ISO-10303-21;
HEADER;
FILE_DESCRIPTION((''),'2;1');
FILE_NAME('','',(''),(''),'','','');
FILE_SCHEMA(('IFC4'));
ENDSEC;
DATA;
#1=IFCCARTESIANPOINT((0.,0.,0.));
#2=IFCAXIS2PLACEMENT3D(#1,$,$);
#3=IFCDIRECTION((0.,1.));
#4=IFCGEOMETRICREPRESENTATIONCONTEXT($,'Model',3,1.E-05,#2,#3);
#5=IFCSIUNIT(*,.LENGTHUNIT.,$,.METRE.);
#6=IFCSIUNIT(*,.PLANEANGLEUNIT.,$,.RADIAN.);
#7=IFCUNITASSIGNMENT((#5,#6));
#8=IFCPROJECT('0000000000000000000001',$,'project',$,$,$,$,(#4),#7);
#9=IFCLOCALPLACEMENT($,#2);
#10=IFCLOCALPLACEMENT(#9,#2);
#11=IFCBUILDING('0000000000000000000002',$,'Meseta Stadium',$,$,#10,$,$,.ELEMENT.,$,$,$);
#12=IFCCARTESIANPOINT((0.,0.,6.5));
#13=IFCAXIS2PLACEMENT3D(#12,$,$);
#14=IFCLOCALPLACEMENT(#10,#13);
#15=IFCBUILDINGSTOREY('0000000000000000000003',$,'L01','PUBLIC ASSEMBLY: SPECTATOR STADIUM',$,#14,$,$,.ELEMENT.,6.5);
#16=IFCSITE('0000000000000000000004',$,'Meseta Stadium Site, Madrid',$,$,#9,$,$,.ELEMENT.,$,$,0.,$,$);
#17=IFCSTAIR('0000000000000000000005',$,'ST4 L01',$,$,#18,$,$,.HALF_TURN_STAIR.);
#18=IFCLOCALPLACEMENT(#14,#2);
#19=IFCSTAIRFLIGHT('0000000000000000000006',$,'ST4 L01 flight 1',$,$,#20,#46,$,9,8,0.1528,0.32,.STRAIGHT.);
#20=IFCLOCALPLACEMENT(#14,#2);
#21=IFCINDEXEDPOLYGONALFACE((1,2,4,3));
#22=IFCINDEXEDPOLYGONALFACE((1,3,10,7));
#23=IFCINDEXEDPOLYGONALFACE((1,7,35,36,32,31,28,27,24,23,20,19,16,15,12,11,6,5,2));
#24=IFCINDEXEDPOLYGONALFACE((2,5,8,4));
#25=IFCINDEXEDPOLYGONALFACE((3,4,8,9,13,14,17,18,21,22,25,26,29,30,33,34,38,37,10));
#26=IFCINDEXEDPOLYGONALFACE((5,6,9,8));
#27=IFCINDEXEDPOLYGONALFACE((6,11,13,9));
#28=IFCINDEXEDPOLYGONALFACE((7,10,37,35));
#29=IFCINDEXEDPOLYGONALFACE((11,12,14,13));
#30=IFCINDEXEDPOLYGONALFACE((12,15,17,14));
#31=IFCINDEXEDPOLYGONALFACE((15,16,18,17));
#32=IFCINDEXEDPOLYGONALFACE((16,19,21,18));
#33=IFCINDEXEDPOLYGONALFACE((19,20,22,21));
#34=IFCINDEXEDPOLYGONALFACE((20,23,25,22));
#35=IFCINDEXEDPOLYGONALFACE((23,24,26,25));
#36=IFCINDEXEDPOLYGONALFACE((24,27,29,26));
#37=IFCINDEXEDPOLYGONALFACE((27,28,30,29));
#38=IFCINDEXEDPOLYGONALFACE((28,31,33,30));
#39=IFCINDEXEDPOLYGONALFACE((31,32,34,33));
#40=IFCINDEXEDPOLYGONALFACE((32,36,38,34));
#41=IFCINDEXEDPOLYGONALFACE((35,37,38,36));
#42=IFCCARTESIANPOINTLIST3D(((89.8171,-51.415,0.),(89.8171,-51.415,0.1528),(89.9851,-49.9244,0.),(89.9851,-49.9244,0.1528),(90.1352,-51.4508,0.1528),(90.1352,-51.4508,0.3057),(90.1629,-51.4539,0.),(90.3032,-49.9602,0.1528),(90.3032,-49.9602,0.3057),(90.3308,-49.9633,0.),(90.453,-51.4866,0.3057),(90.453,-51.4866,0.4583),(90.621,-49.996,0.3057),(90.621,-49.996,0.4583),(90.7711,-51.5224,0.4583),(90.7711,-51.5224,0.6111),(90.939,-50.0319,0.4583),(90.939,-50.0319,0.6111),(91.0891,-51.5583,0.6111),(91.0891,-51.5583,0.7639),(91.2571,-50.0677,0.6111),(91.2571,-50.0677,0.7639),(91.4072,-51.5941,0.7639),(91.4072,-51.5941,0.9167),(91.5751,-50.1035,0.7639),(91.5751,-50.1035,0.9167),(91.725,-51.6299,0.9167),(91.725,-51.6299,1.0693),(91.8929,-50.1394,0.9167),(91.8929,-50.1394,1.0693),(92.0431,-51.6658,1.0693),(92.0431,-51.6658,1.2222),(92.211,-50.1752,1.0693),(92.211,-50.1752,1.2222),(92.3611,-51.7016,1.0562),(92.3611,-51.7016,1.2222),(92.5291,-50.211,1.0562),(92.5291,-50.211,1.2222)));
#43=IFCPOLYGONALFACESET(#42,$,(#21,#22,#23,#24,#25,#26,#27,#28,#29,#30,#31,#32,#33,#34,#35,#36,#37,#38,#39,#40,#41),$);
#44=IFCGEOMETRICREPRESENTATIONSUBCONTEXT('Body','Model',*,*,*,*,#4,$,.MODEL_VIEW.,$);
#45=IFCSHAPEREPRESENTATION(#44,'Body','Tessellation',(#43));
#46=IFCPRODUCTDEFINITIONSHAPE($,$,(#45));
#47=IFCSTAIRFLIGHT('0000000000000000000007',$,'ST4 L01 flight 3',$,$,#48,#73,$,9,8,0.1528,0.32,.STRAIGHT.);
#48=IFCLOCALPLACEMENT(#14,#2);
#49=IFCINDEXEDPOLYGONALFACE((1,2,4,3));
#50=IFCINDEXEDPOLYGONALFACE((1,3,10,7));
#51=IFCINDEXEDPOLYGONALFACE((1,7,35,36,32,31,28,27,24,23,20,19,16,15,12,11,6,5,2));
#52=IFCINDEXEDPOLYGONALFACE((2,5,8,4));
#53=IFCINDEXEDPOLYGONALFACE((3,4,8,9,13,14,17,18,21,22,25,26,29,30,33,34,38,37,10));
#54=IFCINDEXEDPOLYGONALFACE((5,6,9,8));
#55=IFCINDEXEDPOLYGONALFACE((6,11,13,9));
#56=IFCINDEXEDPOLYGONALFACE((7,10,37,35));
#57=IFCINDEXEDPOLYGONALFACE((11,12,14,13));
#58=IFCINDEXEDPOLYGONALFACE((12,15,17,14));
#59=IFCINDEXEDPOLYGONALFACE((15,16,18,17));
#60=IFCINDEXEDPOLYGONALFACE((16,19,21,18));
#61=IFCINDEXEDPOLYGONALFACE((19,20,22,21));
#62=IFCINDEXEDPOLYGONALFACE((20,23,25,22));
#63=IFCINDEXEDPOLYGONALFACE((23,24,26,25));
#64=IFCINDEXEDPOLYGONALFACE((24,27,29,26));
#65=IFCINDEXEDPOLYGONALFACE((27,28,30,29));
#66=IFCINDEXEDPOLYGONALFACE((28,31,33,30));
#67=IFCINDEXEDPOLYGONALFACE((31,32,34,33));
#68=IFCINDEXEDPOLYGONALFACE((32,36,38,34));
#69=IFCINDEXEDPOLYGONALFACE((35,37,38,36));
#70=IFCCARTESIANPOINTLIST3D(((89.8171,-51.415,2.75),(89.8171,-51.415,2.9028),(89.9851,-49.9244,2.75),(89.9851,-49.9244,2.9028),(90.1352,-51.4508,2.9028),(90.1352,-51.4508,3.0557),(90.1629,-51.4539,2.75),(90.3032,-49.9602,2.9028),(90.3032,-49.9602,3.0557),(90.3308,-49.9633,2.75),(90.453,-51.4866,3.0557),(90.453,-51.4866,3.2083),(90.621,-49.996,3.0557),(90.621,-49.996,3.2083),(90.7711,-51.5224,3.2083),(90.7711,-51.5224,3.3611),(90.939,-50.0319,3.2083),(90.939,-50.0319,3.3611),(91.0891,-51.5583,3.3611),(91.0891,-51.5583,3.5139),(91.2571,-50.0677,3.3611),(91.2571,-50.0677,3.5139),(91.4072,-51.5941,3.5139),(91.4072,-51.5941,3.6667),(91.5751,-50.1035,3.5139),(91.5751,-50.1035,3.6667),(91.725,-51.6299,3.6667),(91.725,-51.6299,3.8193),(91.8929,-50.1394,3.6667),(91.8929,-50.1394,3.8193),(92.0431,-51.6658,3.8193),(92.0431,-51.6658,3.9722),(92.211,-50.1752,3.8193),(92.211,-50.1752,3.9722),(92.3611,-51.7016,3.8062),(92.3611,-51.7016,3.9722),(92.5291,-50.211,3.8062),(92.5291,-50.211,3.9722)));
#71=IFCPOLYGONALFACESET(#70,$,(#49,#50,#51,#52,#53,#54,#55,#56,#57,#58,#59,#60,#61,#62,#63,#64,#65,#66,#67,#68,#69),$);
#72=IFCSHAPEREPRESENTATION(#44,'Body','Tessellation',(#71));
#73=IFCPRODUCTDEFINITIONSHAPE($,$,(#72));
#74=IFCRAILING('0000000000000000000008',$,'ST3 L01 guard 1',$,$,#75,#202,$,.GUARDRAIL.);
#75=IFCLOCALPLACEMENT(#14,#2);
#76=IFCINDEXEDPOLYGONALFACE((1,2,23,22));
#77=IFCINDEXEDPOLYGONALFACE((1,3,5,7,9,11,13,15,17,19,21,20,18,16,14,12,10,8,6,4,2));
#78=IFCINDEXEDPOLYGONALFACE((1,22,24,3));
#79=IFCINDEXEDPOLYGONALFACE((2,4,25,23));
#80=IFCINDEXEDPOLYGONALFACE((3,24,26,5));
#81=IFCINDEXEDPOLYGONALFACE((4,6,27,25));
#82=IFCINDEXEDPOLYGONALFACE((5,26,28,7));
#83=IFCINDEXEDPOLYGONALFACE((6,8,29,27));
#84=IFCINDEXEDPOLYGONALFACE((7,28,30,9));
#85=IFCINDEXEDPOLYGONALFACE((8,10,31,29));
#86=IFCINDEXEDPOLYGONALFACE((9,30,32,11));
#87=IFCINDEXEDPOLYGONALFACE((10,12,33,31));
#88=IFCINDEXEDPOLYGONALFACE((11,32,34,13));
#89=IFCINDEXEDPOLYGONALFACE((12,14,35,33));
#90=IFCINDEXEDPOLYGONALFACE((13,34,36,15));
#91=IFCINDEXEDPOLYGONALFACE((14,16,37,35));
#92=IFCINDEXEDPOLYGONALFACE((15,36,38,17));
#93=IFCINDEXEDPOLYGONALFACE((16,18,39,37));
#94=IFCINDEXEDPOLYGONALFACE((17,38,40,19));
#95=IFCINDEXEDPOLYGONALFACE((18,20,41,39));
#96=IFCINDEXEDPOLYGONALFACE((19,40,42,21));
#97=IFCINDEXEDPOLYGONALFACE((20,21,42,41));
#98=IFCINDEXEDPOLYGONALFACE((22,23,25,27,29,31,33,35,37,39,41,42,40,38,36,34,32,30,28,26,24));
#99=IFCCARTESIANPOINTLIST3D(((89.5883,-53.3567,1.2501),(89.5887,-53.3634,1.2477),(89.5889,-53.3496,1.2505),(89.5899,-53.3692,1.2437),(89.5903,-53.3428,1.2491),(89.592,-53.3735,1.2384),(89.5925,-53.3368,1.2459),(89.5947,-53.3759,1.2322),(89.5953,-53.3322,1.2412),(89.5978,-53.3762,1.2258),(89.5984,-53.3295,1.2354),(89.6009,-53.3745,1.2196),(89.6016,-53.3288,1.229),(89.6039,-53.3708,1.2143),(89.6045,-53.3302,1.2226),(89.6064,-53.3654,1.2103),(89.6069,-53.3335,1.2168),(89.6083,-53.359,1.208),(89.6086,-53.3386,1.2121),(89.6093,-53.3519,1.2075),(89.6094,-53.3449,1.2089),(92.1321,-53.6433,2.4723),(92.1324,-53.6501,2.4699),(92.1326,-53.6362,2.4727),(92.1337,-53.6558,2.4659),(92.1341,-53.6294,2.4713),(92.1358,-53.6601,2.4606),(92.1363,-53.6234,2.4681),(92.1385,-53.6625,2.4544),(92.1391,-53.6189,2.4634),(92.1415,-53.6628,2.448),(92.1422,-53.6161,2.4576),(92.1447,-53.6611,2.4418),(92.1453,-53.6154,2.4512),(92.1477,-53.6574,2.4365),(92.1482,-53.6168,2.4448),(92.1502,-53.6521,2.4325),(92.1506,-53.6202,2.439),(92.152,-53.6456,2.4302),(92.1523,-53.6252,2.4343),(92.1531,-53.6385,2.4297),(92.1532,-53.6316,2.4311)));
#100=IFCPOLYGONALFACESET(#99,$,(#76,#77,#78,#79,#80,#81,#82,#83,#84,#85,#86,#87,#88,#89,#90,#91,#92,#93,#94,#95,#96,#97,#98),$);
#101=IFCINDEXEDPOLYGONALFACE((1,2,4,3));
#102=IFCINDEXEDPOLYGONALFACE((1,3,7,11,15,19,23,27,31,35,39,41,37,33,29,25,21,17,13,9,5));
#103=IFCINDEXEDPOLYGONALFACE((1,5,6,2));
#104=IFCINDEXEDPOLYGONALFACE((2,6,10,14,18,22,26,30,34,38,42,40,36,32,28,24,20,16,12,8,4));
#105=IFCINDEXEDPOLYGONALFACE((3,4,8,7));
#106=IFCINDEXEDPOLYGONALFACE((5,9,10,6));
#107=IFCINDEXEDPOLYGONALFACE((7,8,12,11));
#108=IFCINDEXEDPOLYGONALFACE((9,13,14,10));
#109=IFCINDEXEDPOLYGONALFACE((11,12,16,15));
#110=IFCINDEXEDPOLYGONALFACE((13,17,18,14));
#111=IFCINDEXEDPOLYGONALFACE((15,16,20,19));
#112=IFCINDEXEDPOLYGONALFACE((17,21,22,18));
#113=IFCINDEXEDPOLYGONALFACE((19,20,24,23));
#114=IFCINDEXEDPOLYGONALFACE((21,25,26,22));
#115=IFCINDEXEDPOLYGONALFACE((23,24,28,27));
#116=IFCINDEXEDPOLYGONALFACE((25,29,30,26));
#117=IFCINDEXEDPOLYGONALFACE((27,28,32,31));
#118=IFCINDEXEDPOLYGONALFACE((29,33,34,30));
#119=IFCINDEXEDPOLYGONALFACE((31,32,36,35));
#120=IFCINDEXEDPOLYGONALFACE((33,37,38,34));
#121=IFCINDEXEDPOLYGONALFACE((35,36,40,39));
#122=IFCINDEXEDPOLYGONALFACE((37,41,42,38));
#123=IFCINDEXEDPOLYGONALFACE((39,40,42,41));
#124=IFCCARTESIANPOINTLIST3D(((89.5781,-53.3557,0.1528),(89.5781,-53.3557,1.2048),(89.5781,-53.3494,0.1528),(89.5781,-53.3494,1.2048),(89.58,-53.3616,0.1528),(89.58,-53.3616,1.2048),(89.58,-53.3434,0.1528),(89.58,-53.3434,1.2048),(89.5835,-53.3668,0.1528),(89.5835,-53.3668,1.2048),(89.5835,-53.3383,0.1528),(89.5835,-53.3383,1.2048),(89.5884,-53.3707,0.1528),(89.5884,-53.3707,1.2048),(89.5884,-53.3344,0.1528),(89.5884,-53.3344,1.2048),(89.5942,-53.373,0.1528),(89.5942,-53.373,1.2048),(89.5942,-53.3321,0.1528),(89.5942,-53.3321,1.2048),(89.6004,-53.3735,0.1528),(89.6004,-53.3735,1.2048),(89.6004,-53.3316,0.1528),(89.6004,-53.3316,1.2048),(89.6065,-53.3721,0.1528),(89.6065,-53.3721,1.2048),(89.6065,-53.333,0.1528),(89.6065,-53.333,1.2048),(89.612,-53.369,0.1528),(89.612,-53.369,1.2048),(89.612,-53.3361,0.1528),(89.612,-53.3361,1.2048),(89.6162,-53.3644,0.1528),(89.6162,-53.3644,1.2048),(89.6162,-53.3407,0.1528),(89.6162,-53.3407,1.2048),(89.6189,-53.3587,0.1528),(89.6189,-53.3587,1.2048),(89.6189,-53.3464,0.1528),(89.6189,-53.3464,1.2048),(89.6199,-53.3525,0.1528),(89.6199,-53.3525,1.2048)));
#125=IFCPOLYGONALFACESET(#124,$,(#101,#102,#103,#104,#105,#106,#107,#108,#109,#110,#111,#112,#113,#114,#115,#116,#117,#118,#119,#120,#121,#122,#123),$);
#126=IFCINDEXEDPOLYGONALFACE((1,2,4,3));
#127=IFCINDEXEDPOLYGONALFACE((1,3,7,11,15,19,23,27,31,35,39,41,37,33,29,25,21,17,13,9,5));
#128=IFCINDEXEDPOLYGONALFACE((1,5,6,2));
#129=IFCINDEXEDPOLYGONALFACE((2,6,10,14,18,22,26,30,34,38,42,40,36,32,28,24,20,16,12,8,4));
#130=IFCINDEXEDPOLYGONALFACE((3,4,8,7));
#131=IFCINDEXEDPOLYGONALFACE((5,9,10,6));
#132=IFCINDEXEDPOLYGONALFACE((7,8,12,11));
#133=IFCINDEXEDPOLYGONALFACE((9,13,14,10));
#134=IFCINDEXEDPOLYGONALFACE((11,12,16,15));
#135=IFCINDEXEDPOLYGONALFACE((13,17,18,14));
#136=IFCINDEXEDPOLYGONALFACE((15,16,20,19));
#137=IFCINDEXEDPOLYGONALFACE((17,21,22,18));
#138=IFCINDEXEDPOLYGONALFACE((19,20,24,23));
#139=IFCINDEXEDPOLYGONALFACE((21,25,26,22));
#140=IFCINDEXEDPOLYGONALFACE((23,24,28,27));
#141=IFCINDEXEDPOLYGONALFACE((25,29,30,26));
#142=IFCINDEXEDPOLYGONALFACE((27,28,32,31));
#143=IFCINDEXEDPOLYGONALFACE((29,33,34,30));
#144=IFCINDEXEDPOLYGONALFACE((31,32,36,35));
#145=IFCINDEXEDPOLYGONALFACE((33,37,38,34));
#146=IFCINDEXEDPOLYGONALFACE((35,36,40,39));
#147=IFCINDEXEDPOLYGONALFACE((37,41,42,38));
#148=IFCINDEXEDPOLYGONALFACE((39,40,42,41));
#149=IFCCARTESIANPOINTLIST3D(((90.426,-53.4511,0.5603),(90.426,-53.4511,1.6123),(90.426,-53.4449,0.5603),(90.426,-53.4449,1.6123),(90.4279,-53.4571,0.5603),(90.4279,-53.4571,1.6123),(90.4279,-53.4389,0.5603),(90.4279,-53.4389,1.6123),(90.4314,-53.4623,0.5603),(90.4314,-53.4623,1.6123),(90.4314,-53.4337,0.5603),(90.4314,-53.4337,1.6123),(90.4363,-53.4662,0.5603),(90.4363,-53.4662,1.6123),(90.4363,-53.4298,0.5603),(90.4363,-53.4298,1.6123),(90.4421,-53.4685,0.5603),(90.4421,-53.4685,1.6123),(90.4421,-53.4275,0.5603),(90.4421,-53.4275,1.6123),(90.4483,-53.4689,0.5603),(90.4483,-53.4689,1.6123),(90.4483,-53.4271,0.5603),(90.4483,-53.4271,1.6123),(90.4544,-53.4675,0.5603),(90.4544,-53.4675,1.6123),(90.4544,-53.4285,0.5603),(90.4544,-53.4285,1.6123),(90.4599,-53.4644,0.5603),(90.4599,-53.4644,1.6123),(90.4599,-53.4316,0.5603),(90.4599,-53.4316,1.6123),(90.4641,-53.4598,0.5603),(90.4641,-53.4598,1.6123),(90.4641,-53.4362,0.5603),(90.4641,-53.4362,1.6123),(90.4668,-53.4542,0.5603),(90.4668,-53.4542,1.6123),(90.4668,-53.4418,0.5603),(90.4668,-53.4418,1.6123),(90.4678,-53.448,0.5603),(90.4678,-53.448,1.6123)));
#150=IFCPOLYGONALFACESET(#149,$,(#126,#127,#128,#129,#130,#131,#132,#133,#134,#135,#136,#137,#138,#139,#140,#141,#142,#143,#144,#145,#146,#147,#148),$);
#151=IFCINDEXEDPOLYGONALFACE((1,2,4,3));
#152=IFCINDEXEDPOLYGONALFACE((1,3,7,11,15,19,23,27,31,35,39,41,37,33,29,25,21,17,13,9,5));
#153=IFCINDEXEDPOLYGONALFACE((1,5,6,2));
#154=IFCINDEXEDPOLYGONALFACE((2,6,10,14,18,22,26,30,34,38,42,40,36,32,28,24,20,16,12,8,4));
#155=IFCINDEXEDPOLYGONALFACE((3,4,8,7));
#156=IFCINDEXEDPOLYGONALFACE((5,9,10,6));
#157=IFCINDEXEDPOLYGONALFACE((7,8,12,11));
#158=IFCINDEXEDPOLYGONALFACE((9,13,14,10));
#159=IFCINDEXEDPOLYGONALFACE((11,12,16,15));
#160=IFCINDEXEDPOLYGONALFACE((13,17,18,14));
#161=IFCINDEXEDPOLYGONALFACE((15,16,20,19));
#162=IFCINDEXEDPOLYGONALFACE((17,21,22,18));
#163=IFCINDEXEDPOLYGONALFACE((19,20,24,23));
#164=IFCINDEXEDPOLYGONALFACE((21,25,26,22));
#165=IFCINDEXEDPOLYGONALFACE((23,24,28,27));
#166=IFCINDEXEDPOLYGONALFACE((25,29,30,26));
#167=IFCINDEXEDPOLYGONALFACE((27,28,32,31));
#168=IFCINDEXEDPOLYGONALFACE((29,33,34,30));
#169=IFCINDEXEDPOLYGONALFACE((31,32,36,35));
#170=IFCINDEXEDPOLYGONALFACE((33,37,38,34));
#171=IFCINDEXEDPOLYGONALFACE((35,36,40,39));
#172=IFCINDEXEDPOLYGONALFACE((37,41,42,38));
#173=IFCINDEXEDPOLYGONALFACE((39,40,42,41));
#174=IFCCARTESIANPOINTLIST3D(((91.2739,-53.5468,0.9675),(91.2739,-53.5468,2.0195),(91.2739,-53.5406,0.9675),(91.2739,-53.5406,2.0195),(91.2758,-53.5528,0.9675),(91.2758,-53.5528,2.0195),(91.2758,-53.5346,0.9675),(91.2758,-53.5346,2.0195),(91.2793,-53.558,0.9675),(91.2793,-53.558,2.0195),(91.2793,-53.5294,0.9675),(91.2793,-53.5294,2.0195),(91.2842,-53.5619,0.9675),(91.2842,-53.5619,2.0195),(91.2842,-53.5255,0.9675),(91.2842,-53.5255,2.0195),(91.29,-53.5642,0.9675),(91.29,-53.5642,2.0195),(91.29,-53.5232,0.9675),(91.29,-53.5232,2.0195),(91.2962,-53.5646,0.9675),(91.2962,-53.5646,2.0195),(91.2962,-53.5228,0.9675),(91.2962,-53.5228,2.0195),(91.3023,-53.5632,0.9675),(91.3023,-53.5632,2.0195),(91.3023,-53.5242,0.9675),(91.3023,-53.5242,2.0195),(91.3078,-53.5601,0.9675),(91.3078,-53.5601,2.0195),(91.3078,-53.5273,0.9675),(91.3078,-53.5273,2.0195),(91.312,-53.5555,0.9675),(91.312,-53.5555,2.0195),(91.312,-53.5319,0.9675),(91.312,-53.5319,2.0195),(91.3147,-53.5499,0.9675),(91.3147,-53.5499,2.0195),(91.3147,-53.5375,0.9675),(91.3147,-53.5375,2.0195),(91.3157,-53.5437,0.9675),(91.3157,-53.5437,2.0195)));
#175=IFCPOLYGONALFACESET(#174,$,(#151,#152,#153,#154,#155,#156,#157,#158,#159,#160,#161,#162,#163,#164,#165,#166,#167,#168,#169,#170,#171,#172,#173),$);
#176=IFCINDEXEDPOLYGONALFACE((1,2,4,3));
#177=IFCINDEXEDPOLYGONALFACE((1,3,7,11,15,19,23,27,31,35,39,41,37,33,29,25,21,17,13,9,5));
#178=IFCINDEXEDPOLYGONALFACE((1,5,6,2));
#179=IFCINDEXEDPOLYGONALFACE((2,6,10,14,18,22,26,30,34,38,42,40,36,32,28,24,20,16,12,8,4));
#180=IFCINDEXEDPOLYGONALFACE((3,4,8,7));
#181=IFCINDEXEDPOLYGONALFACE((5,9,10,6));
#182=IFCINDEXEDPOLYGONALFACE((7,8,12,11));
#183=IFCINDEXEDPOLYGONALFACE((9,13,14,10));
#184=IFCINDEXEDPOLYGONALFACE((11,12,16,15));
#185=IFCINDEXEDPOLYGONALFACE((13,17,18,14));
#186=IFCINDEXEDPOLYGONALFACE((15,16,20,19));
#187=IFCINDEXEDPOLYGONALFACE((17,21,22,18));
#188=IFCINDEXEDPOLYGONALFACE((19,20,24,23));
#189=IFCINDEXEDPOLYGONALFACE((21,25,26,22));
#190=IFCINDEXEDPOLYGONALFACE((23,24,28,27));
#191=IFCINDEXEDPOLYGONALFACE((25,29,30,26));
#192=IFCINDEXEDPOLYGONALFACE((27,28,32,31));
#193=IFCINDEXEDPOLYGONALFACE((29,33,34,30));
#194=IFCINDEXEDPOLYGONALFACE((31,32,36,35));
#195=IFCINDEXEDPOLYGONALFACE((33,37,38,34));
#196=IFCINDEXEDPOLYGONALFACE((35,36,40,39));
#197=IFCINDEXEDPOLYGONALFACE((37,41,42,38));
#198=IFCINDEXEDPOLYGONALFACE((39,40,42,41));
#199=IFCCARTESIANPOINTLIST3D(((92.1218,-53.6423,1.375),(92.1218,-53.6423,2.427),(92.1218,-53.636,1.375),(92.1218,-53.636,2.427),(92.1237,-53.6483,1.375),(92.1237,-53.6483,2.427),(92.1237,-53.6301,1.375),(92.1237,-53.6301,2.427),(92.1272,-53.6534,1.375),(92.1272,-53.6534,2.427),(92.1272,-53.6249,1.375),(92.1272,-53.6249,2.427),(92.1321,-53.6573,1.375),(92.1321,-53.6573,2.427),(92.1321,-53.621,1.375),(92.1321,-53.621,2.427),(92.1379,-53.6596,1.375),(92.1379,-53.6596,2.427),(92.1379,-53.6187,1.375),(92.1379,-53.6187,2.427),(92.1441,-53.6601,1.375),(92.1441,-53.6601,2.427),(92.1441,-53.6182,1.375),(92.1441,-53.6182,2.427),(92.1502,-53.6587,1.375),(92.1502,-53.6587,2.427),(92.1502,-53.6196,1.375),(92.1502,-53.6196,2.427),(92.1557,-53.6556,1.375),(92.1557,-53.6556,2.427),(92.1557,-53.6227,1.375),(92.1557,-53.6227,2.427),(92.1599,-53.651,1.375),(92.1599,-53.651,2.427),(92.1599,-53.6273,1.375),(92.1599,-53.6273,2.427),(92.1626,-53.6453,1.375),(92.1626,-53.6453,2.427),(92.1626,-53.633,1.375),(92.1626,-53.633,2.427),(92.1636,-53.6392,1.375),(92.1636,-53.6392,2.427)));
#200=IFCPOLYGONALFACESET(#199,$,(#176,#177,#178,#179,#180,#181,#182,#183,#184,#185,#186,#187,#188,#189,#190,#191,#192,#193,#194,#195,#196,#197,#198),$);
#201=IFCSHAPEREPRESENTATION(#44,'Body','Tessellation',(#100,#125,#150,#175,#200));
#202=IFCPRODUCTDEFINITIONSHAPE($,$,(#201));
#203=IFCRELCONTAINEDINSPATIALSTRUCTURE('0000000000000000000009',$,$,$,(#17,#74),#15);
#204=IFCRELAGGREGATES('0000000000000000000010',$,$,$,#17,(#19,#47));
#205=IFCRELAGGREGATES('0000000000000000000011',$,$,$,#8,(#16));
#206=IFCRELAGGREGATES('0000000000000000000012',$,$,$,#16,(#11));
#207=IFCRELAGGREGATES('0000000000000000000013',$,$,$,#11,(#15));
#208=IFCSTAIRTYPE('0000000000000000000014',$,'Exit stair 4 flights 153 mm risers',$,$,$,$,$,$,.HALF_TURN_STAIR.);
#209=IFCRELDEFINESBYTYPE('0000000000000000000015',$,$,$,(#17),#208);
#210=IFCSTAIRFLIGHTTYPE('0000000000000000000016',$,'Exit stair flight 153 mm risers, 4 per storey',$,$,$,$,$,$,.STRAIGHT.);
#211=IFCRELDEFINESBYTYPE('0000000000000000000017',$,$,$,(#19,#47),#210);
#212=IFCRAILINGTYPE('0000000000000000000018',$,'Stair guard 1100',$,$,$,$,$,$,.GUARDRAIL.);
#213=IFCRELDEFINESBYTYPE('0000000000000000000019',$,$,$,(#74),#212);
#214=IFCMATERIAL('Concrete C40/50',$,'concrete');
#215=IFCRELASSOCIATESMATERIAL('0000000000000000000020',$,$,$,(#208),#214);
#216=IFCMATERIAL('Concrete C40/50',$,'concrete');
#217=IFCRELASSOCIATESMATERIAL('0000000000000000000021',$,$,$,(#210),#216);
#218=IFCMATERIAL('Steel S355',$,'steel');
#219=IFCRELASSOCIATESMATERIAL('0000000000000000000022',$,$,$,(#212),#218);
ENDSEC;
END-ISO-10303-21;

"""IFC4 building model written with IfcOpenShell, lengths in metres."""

from ifc_helpers import new_model, si_unit, direction, frame, origin, origin_2d, place, context, subcontext, project, spatial, polyline, circle, outline, extrude, material, type_object, element, aggregate, save


model = new_model("IFC4")

# Units and contexts
model_context = context("Model", 3, precision=1e-05, world=origin(), true_north=direction((0.0, 1.0)))
body_context = subcontext(model_context, "Body", "Model", "MODEL_VIEW")
ifc_project = project(units=[si_unit("LENGTHUNIT", "METRE"), si_unit("PLANEANGLEUNIT", "RADIAN")], contexts=[model_context])

# Site, building, storey
site_placement = place(None, origin())
site = spatial("IfcSite", under=ifc_project, at=site_placement, Name="Meseta Stadium Site, Madrid", CompositionType="ELEMENT", RefElevation=0.0)
building_placement = place(site_placement, origin())
building = spatial("IfcBuilding", under=site, at=building_placement, Name="Meseta Stadium", CompositionType="ELEMENT")
storey_placement = place(building_placement, frame((0.0, 0.0, 6.5)))
storey = spatial("IfcBuildingStorey", under=building, at=storey_placement, Name="L01", Description="PUBLIC ASSEMBLY: SPECTATOR STADIUM", CompositionType="ELEMENT", Elevation=6.5)

# Stair, stair flights
ifc_material_1 = material(Name="Concrete C40/50", Category="concrete")
stair_type = type_object("IfcStairType", Name="Exit stair 4 flights 153 mm risers", PredefinedType="HALF_TURN_STAIR", material=ifc_material_1)
ifc_material_2 = material(Name="Concrete C40/50", Category="concrete")
stair_flight_type = type_object("IfcStairFlightType", Name="Exit stair flight 153 mm risers, 4 per storey", PredefinedType="STRAIGHT", material=ifc_material_2)
stair_1_placement = place(storey_placement, origin())
stair_1 = element("IfcStair", 1, at=stair_1_placement, inside=storey, type_object=stair_type, Name="ST4 L01", PredefinedType="HALF_TURN_STAIR")
stair_flight_1_placement = place(storey_placement, frame((89.9011, -50.6697, 0.0), z_axis=(0.0, 0.0, 1.0), x_axis=(0.993712, -0.111964, 0.0)))
stair_flight_1 = element("IfcStairFlight", 2, at=stair_flight_1_placement, type_object=stair_flight_type, Name="ST4 L01 flight 1", NumberOfRisers=9, NumberOfTreads=8, PredefinedType="STRAIGHT", RiserHeight=0.1528, TreadLength=0.32, context=body_context, shape_type="SweptSolid", body=[
    extrude(outline(polyline([(0.0, 0.0), (0.0, 0.1528), (0.3201, 0.1528), (0.3201, 0.3057), (0.6399, 0.3057), (0.6399, 0.4583), (0.96, 0.4583), (0.96, 0.6111), (1.28, 0.6111), (1.28, 0.7639), (1.6001, 0.7639), (1.6001, 0.9167), (1.9199, 0.9167), (1.9199, 1.0693), (2.24, 1.0693), (2.24, 1.2222), (2.5601, 1.2222), (2.5601, 1.0562), (0.3479, 0.0), (0.0, 0.0)])), frame((0.0, 0.75, 0.0), z_axis=(0.0, -1.0, 0.0), x_axis=(1.0, 0.0, 0.0)), (0.0, 0.0, 1.0), 1.5),
])
stair_flight_2_placement = place(storey_placement, frame((89.9011, -50.6697, 2.75), z_axis=(0.0, 0.0, 1.0), x_axis=(0.993712, -0.111964, 0.0)))
stair_flight_2 = element("IfcStairFlight", 3, at=stair_flight_2_placement, type_object=stair_flight_type, Name="ST4 L01 flight 3", NumberOfRisers=9, NumberOfTreads=8, PredefinedType="STRAIGHT", RiserHeight=0.1528, TreadLength=0.32, context=body_context, shape_type="SweptSolid", body=[
    extrude(outline(polyline([(0.0, 0.0), (0.0, 0.1528), (0.3201, 0.1528), (0.3201, 0.3057), (0.6399, 0.3057), (0.6399, 0.4583), (0.96, 0.4583), (0.96, 0.6111), (1.28, 0.6111), (1.28, 0.7639), (1.6001, 0.7639), (1.6001, 0.9167), (1.9199, 0.9167), (1.9199, 1.0693), (2.24, 1.0693), (2.24, 1.2222), (2.5601, 1.2222), (2.5601, 1.0562), (0.3479, 0.0), (0.0, 0.0)])), frame((0.0, 0.75, 0.0), z_axis=(0.0, -1.0, 0.0), x_axis=(1.0, 0.0, 0.0)), (0.0, 0.0, 1.0), 1.5),
])
aggregate(stair_1, [stair_flight_1, stair_flight_2])

# Railing
ifc_material_3 = material(Name="Steel S355", Category="steel")
railing_type_1 = type_object("IfcRailingType", Name="Stair guard 1100", PredefinedType="GUARDRAIL", material=ifc_material_3)
railing_1_placement = place(storey_placement, frame((89.5989, -53.3525, 0.1528)))
element("IfcRailing", 4, at=railing_1_placement, inside=storey, type_object=railing_type_1, Name="ST3 L01 guard 1", PredefinedType="GUARDRAIL", context=body_context, shape_type="SweptSolid", body=[
    extrude(circle(Radius=0.0239, at=origin_2d()), frame((0.0, 0.0, 1.0762), z_axis=(0.896745, -0.101044, 0.430858), x_axis=(0.11197, 0.993712, 0.0)), (0.0, 0.0, 1.0), 2.8367),
    extrude(circle(Radius=0.021, at=origin_2d()), origin(), (0.0, 0.0, 1.0), 1.052),
    extrude(circle(Radius=0.021, at=origin_2d()), frame((0.8479, -0.0955, 0.4075)), (0.0, 0.0, 1.0), 1.052),
    extrude(circle(Radius=0.021, at=origin_2d()), frame((1.6958, -0.1912, 0.8147)), (0.0, 0.0, 1.0), 1.052),
    extrude(circle(Radius=0.021, at=origin_2d()), frame((2.5437, -0.2866, 1.2222)), (0.0, 0.0, 1.0), 1.052),
])

save(model, "model.ifc")
